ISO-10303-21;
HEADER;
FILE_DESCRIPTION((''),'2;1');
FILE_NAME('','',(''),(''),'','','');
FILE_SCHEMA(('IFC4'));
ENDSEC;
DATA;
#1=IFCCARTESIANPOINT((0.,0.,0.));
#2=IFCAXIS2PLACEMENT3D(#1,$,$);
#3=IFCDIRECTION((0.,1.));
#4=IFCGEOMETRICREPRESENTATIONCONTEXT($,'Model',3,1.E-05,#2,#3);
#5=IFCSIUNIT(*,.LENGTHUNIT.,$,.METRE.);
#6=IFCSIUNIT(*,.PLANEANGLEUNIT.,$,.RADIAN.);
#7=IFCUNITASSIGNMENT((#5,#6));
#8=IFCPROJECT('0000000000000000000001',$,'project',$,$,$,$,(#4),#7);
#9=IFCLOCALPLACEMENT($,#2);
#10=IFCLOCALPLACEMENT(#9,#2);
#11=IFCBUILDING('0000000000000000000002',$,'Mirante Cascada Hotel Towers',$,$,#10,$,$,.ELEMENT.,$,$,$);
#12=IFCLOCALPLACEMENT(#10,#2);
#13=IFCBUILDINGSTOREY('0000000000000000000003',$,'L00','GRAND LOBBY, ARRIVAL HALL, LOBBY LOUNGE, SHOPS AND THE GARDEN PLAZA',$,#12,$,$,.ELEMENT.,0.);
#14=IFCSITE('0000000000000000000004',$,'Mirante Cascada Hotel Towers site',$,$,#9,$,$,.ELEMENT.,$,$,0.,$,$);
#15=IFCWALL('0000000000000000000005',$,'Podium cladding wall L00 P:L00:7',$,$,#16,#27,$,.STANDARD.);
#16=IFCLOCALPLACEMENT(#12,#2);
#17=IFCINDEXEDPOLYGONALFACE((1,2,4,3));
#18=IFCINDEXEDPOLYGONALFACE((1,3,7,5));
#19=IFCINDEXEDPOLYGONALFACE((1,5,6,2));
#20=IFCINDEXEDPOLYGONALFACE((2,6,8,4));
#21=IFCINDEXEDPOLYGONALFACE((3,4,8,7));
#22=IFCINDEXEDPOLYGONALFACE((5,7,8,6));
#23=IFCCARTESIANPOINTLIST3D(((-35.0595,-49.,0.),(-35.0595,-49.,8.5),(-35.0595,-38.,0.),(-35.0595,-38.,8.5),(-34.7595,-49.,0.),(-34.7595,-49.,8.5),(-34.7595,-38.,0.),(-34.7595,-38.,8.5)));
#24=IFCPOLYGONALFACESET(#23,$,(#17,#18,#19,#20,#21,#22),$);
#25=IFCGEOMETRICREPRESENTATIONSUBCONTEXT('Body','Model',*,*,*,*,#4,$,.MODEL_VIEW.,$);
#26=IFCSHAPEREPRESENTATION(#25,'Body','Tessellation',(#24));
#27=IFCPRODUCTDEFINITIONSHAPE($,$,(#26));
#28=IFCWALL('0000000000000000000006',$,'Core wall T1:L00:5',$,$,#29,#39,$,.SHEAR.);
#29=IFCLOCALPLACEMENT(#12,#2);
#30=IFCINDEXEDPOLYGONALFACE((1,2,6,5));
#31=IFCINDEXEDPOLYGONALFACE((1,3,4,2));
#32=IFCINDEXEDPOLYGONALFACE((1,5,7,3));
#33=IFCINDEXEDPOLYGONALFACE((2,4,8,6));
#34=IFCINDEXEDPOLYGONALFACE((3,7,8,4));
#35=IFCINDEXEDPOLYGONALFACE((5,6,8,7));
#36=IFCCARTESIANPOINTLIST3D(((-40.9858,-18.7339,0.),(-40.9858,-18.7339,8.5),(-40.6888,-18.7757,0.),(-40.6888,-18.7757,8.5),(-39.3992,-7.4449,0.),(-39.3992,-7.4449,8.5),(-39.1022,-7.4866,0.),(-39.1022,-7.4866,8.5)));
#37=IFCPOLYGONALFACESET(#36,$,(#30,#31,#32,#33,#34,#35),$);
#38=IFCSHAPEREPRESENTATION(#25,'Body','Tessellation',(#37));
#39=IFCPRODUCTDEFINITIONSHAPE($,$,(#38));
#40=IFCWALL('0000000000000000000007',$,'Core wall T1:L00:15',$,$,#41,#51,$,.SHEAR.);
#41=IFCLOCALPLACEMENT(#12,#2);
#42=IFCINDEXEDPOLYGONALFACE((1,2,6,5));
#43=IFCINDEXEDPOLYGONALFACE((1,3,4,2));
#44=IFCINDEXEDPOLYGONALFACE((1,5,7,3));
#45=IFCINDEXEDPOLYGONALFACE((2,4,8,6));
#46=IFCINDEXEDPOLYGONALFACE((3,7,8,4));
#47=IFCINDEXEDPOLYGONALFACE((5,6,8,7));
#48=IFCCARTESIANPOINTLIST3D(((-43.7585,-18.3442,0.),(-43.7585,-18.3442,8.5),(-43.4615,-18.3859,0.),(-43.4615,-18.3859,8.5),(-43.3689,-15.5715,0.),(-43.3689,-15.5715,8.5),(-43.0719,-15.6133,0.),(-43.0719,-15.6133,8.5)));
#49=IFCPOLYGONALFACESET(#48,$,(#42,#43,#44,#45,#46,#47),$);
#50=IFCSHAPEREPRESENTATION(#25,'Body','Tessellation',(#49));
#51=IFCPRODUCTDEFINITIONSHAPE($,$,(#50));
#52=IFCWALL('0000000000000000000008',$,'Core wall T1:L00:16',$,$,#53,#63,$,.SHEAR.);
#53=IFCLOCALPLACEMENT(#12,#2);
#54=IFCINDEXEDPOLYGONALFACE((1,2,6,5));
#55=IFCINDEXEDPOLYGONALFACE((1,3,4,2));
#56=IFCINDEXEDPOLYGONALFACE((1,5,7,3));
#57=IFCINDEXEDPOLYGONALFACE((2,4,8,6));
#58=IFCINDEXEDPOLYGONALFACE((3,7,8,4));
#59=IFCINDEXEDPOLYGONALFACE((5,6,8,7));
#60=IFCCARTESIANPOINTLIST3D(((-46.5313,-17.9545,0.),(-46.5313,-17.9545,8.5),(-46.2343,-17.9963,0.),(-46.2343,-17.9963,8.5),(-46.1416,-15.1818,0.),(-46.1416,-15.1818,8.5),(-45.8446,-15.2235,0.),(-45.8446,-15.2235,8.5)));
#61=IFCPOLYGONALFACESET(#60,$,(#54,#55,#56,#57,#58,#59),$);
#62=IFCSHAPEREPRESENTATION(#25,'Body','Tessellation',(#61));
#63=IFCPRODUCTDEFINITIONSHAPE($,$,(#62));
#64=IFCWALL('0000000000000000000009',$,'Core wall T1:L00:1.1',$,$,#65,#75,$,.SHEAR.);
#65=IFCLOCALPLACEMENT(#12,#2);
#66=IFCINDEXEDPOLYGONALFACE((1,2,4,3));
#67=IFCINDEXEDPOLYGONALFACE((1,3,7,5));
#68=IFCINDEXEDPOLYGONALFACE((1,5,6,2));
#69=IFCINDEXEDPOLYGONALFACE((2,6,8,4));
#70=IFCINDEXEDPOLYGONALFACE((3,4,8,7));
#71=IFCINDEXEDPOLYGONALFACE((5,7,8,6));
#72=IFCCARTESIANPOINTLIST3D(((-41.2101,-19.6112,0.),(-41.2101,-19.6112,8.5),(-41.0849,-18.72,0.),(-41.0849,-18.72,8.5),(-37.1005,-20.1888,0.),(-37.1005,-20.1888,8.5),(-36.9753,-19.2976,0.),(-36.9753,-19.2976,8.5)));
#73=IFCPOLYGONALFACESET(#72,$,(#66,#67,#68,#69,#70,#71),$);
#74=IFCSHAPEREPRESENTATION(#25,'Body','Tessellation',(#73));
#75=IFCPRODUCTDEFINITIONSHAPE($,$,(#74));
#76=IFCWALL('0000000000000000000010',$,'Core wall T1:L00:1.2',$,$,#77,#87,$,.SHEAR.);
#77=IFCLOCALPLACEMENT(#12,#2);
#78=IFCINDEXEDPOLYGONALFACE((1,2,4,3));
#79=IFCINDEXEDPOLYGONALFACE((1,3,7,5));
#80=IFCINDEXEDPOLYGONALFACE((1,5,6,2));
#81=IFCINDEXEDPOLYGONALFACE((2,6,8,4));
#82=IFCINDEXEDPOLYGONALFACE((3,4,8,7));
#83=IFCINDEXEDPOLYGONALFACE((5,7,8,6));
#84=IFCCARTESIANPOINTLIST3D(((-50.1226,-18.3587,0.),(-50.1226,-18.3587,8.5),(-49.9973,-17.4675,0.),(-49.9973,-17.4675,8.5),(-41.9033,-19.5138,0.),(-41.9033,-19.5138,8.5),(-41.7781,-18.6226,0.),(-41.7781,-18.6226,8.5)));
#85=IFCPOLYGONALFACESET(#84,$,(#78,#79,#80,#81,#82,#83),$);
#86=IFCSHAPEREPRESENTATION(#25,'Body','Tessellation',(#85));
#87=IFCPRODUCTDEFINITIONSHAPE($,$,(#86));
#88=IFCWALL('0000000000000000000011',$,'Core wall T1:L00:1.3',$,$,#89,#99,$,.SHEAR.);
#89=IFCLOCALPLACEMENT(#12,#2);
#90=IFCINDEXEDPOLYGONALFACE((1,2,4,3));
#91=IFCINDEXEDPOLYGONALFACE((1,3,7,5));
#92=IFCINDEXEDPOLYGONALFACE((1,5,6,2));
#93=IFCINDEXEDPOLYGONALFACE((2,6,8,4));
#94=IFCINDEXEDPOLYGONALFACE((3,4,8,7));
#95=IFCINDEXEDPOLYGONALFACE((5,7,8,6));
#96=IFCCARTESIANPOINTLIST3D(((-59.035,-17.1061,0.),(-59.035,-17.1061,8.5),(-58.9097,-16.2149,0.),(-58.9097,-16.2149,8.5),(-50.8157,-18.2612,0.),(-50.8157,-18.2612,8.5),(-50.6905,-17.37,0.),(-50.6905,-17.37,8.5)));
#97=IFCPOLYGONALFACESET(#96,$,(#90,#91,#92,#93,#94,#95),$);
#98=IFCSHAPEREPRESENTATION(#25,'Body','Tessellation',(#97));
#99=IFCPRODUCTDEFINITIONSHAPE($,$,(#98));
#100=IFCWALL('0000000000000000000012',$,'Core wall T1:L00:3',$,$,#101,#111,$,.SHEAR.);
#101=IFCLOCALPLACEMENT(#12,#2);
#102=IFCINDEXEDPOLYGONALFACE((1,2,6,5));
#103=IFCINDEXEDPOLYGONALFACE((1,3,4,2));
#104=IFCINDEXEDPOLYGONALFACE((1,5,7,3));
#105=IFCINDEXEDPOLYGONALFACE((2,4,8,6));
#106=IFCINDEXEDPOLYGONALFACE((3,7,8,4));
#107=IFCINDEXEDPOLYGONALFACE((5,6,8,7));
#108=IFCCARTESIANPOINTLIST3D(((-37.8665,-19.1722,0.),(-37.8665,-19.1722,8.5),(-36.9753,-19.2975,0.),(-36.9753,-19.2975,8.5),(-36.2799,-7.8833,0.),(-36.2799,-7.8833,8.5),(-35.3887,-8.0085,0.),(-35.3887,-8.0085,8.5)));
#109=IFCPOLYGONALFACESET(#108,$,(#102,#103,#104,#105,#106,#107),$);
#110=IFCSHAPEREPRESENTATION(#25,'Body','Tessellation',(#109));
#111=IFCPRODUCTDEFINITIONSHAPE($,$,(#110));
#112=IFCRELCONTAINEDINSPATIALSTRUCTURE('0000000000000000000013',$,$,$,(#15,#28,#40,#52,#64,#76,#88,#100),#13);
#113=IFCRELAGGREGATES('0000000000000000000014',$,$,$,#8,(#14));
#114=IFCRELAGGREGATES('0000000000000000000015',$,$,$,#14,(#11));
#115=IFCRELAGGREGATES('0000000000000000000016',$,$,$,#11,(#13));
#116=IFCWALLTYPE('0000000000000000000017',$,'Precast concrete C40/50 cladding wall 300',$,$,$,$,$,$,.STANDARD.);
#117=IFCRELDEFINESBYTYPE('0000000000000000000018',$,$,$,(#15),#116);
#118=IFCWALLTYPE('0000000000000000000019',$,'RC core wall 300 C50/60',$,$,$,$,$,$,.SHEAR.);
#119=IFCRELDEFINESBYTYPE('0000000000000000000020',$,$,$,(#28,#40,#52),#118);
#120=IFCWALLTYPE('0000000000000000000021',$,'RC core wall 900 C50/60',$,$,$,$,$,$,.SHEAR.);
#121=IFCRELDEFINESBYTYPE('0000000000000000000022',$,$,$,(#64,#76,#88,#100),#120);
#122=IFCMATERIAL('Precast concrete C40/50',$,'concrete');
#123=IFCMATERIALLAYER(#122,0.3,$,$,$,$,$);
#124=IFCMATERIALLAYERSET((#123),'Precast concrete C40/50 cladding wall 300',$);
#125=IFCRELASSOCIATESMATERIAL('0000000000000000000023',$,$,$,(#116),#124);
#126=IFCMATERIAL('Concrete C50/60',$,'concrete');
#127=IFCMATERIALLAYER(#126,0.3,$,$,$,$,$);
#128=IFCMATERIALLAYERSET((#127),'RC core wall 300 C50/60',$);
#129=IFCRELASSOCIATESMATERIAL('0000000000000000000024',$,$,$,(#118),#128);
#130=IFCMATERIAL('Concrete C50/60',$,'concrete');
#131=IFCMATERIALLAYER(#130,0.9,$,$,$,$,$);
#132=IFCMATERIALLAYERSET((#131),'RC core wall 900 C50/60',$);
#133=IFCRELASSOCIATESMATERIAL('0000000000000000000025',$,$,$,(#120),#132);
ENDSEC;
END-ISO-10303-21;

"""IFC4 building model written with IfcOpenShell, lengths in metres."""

from ifc_helpers import new_model, si_unit, direction, frame, frame_2d, origin, place, context, subcontext, project, spatial, rectangle, extrude, material, layer, layer_set, type_object, element, save


model = new_model("IFC4")

# Units and contexts
model_context = context("Model", 3, precision=1e-05, world=origin(), true_north=direction((0.0, 1.0)))
body_context = subcontext(model_context, "Body", "Model", "MODEL_VIEW")
ifc_project = project(units=[si_unit("LENGTHUNIT", "METRE"), si_unit("PLANEANGLEUNIT", "RADIAN")], contexts=[model_context])

# Site, building, storey
site_placement = place(None, origin())
site = spatial("IfcSite", under=ifc_project, at=site_placement, Name="Mirante Cascada Hotel Towers site", CompositionType="ELEMENT", RefElevation=0.0)
building_placement = place(site_placement, origin())
building = spatial("IfcBuilding", under=site, at=building_placement, Name="Mirante Cascada Hotel Towers", CompositionType="ELEMENT")
storey_placement = place(building_placement, origin())
storey = spatial("IfcBuildingStorey", under=building, at=storey_placement, Name="L00", Description="GRAND LOBBY, ARRIVAL HALL, LOBBY LOUNGE, SHOPS AND THE GARDEN PLAZA", CompositionType="ELEMENT", Elevation=0.0)

# Wall
ifc_material_1 = material(Name="Precast concrete C40/50", Category="concrete")
ifc_layer_1 = layer(ifc_material_1, 0.3)
ifc_layer_set_1 = layer_set([ifc_layer_1], Name="Precast concrete C40/50 cladding wall 300")
wall_type_1 = type_object("IfcWallType", Name="Precast concrete C40/50 cladding wall 300", PredefinedType="STANDARD", material=ifc_layer_set_1)
wall_1_placement = place(storey_placement, frame((-34.9095, -38.0, 0.0), z_axis=(0.0, 0.0, 1.0), x_axis=(0.0, -1.0, 0.0)))
element("IfcWall", 1, at=wall_1_placement, inside=storey, type_object=wall_type_1, Name="Podium cladding wall L00 P:L00:7", PredefinedType="STANDARD", context=body_context, shape_type="SweptSolid", body=[
    extrude(rectangle(XDim=11.0, YDim=0.3, at=frame_2d((5.5, 0.0))), origin(), (0.0, 0.0, 1.0), 8.5),
])

# Walls
ifc_material_2 = material(Name="Concrete C50/60", Category="concrete")
ifc_layer_2 = layer(ifc_material_2, 0.3)
ifc_layer_set_2 = layer_set([ifc_layer_2], Name="RC core wall 300 C50/60")
wall_type_2 = type_object("IfcWallType", Name="RC core wall 300 C50/60", PredefinedType="SHEAR", material=ifc_layer_set_2)
wall_2_placement = place(storey_placement, frame((-40.8373, -18.7548, 0.0), z_axis=(0.0, 0.0, 1.0), x_axis=(0.139175, 0.990268, 0.0)))
element("IfcWall", 2, at=wall_2_placement, inside=storey, type_object=wall_type_2, Name="Core wall T1:L00:5", PredefinedType="SHEAR", context=body_context, shape_type="SweptSolid", body=[
    extrude(rectangle(XDim=11.4, YDim=0.3, at=frame_2d((5.7, 0.0))), origin(), (0.0, 0.0, 1.0), 8.5),
])
wall_3_placement = place(storey_placement, frame((-43.61, -18.3651, 0.0), z_axis=(0.0, 0.0, 1.0), x_axis=(0.139146, 0.990272, 0.0)))
element("IfcWall", 3, at=wall_3_placement, inside=storey, type_object=wall_type_2, Name="Core wall T1:L00:15", PredefinedType="SHEAR", context=body_context, shape_type="SweptSolid", body=[
    extrude(rectangle(XDim=2.7999, YDim=0.3, at=frame_2d((1.4, 0.0))), origin(), (0.0, 0.0, 1.0), 8.5),
])
wall_4_placement = place(storey_placement, frame((-46.3828, -17.9754, 0.0), z_axis=(0.0, 0.0, 1.0), x_axis=(0.139181, 0.990267, 0.0)))
element("IfcWall", 4, at=wall_4_placement, inside=storey, type_object=wall_type_2, Name="Core wall T1:L00:16", PredefinedType="SHEAR", context=body_context, shape_type="SweptSolid", body=[
    extrude(rectangle(XDim=2.8, YDim=0.3, at=frame_2d((1.4, 0.0))), origin(), (0.0, 0.0, 1.0), 8.5),
])
ifc_material_3 = material(Name="Concrete C50/60", Category="concrete")
ifc_layer_3 = layer(ifc_material_3, 0.9)
ifc_layer_set_3 = layer_set([ifc_layer_3], Name="RC core wall 900 C50/60")
wall_type_3 = type_object("IfcWallType", Name="RC core wall 900 C50/60", PredefinedType="SHEAR", material=ifc_layer_set_3)
wall_5_placement = place(storey_placement, frame((-37.0379, -19.7432, 0.0), z_axis=(0.0, 0.0, 1.0), x_axis=(-0.990267, 0.139181, 0.0)))
element("IfcWall", 5, at=wall_5_placement, inside=storey, type_object=wall_type_3, Name="Core wall T1:L00:1.1", PredefinedType="SHEAR", context=body_context, shape_type="SweptSolid", body=[
    extrude(rectangle(XDim=4.15, YDim=0.9, at=frame_2d((2.075, 0.0))), origin(), (0.0, 0.0, 1.0), 8.5),
])
for number, where, z_axis, x_axis, name in (
    (6, (-41.8407, -19.0682, 0.0), (0.0, 0.0, 1.0), (-0.990269, 0.139169, 0.0), "Core wall T1:L00:1.2"),
    (7, (-50.7531, -17.8156, 0.0), (0.0, 0.0, 1.0), (-0.990269, 0.139169, 0.0), "Core wall T1:L00:1.3"),
):
    element("IfcWall", number, at=place(storey_placement, frame(where, z_axis=z_axis, x_axis=x_axis)), inside=storey, type_object=wall_type_3, Name=name, PredefinedType="SHEAR", context=body_context, shape_type="SweptSolid", body=[
        extrude(rectangle(XDim=8.3, YDim=0.9, at=frame_2d((4.15, 0.0))), origin(), (0.0, 0.0, 1.0), 8.5),
    ])
wall_6_placement = place(storey_placement, frame((-37.4209, -19.2349, 0.0), z_axis=(0.0, 0.0, 1.0), x_axis=(0.139176, 0.990268, 0.0)))
element("IfcWall", 8, at=wall_6_placement, inside=storey, type_object=wall_type_3, Name="Core wall T1:L00:3", PredefinedType="SHEAR", context=body_context, shape_type="SweptSolid", body=[
    extrude(rectangle(XDim=11.3999, YDim=0.9, at=frame_2d((5.7, 0.0))), origin(), (0.0, 0.0, 1.0), 8.5),
])

save(model, "model.ifc")
